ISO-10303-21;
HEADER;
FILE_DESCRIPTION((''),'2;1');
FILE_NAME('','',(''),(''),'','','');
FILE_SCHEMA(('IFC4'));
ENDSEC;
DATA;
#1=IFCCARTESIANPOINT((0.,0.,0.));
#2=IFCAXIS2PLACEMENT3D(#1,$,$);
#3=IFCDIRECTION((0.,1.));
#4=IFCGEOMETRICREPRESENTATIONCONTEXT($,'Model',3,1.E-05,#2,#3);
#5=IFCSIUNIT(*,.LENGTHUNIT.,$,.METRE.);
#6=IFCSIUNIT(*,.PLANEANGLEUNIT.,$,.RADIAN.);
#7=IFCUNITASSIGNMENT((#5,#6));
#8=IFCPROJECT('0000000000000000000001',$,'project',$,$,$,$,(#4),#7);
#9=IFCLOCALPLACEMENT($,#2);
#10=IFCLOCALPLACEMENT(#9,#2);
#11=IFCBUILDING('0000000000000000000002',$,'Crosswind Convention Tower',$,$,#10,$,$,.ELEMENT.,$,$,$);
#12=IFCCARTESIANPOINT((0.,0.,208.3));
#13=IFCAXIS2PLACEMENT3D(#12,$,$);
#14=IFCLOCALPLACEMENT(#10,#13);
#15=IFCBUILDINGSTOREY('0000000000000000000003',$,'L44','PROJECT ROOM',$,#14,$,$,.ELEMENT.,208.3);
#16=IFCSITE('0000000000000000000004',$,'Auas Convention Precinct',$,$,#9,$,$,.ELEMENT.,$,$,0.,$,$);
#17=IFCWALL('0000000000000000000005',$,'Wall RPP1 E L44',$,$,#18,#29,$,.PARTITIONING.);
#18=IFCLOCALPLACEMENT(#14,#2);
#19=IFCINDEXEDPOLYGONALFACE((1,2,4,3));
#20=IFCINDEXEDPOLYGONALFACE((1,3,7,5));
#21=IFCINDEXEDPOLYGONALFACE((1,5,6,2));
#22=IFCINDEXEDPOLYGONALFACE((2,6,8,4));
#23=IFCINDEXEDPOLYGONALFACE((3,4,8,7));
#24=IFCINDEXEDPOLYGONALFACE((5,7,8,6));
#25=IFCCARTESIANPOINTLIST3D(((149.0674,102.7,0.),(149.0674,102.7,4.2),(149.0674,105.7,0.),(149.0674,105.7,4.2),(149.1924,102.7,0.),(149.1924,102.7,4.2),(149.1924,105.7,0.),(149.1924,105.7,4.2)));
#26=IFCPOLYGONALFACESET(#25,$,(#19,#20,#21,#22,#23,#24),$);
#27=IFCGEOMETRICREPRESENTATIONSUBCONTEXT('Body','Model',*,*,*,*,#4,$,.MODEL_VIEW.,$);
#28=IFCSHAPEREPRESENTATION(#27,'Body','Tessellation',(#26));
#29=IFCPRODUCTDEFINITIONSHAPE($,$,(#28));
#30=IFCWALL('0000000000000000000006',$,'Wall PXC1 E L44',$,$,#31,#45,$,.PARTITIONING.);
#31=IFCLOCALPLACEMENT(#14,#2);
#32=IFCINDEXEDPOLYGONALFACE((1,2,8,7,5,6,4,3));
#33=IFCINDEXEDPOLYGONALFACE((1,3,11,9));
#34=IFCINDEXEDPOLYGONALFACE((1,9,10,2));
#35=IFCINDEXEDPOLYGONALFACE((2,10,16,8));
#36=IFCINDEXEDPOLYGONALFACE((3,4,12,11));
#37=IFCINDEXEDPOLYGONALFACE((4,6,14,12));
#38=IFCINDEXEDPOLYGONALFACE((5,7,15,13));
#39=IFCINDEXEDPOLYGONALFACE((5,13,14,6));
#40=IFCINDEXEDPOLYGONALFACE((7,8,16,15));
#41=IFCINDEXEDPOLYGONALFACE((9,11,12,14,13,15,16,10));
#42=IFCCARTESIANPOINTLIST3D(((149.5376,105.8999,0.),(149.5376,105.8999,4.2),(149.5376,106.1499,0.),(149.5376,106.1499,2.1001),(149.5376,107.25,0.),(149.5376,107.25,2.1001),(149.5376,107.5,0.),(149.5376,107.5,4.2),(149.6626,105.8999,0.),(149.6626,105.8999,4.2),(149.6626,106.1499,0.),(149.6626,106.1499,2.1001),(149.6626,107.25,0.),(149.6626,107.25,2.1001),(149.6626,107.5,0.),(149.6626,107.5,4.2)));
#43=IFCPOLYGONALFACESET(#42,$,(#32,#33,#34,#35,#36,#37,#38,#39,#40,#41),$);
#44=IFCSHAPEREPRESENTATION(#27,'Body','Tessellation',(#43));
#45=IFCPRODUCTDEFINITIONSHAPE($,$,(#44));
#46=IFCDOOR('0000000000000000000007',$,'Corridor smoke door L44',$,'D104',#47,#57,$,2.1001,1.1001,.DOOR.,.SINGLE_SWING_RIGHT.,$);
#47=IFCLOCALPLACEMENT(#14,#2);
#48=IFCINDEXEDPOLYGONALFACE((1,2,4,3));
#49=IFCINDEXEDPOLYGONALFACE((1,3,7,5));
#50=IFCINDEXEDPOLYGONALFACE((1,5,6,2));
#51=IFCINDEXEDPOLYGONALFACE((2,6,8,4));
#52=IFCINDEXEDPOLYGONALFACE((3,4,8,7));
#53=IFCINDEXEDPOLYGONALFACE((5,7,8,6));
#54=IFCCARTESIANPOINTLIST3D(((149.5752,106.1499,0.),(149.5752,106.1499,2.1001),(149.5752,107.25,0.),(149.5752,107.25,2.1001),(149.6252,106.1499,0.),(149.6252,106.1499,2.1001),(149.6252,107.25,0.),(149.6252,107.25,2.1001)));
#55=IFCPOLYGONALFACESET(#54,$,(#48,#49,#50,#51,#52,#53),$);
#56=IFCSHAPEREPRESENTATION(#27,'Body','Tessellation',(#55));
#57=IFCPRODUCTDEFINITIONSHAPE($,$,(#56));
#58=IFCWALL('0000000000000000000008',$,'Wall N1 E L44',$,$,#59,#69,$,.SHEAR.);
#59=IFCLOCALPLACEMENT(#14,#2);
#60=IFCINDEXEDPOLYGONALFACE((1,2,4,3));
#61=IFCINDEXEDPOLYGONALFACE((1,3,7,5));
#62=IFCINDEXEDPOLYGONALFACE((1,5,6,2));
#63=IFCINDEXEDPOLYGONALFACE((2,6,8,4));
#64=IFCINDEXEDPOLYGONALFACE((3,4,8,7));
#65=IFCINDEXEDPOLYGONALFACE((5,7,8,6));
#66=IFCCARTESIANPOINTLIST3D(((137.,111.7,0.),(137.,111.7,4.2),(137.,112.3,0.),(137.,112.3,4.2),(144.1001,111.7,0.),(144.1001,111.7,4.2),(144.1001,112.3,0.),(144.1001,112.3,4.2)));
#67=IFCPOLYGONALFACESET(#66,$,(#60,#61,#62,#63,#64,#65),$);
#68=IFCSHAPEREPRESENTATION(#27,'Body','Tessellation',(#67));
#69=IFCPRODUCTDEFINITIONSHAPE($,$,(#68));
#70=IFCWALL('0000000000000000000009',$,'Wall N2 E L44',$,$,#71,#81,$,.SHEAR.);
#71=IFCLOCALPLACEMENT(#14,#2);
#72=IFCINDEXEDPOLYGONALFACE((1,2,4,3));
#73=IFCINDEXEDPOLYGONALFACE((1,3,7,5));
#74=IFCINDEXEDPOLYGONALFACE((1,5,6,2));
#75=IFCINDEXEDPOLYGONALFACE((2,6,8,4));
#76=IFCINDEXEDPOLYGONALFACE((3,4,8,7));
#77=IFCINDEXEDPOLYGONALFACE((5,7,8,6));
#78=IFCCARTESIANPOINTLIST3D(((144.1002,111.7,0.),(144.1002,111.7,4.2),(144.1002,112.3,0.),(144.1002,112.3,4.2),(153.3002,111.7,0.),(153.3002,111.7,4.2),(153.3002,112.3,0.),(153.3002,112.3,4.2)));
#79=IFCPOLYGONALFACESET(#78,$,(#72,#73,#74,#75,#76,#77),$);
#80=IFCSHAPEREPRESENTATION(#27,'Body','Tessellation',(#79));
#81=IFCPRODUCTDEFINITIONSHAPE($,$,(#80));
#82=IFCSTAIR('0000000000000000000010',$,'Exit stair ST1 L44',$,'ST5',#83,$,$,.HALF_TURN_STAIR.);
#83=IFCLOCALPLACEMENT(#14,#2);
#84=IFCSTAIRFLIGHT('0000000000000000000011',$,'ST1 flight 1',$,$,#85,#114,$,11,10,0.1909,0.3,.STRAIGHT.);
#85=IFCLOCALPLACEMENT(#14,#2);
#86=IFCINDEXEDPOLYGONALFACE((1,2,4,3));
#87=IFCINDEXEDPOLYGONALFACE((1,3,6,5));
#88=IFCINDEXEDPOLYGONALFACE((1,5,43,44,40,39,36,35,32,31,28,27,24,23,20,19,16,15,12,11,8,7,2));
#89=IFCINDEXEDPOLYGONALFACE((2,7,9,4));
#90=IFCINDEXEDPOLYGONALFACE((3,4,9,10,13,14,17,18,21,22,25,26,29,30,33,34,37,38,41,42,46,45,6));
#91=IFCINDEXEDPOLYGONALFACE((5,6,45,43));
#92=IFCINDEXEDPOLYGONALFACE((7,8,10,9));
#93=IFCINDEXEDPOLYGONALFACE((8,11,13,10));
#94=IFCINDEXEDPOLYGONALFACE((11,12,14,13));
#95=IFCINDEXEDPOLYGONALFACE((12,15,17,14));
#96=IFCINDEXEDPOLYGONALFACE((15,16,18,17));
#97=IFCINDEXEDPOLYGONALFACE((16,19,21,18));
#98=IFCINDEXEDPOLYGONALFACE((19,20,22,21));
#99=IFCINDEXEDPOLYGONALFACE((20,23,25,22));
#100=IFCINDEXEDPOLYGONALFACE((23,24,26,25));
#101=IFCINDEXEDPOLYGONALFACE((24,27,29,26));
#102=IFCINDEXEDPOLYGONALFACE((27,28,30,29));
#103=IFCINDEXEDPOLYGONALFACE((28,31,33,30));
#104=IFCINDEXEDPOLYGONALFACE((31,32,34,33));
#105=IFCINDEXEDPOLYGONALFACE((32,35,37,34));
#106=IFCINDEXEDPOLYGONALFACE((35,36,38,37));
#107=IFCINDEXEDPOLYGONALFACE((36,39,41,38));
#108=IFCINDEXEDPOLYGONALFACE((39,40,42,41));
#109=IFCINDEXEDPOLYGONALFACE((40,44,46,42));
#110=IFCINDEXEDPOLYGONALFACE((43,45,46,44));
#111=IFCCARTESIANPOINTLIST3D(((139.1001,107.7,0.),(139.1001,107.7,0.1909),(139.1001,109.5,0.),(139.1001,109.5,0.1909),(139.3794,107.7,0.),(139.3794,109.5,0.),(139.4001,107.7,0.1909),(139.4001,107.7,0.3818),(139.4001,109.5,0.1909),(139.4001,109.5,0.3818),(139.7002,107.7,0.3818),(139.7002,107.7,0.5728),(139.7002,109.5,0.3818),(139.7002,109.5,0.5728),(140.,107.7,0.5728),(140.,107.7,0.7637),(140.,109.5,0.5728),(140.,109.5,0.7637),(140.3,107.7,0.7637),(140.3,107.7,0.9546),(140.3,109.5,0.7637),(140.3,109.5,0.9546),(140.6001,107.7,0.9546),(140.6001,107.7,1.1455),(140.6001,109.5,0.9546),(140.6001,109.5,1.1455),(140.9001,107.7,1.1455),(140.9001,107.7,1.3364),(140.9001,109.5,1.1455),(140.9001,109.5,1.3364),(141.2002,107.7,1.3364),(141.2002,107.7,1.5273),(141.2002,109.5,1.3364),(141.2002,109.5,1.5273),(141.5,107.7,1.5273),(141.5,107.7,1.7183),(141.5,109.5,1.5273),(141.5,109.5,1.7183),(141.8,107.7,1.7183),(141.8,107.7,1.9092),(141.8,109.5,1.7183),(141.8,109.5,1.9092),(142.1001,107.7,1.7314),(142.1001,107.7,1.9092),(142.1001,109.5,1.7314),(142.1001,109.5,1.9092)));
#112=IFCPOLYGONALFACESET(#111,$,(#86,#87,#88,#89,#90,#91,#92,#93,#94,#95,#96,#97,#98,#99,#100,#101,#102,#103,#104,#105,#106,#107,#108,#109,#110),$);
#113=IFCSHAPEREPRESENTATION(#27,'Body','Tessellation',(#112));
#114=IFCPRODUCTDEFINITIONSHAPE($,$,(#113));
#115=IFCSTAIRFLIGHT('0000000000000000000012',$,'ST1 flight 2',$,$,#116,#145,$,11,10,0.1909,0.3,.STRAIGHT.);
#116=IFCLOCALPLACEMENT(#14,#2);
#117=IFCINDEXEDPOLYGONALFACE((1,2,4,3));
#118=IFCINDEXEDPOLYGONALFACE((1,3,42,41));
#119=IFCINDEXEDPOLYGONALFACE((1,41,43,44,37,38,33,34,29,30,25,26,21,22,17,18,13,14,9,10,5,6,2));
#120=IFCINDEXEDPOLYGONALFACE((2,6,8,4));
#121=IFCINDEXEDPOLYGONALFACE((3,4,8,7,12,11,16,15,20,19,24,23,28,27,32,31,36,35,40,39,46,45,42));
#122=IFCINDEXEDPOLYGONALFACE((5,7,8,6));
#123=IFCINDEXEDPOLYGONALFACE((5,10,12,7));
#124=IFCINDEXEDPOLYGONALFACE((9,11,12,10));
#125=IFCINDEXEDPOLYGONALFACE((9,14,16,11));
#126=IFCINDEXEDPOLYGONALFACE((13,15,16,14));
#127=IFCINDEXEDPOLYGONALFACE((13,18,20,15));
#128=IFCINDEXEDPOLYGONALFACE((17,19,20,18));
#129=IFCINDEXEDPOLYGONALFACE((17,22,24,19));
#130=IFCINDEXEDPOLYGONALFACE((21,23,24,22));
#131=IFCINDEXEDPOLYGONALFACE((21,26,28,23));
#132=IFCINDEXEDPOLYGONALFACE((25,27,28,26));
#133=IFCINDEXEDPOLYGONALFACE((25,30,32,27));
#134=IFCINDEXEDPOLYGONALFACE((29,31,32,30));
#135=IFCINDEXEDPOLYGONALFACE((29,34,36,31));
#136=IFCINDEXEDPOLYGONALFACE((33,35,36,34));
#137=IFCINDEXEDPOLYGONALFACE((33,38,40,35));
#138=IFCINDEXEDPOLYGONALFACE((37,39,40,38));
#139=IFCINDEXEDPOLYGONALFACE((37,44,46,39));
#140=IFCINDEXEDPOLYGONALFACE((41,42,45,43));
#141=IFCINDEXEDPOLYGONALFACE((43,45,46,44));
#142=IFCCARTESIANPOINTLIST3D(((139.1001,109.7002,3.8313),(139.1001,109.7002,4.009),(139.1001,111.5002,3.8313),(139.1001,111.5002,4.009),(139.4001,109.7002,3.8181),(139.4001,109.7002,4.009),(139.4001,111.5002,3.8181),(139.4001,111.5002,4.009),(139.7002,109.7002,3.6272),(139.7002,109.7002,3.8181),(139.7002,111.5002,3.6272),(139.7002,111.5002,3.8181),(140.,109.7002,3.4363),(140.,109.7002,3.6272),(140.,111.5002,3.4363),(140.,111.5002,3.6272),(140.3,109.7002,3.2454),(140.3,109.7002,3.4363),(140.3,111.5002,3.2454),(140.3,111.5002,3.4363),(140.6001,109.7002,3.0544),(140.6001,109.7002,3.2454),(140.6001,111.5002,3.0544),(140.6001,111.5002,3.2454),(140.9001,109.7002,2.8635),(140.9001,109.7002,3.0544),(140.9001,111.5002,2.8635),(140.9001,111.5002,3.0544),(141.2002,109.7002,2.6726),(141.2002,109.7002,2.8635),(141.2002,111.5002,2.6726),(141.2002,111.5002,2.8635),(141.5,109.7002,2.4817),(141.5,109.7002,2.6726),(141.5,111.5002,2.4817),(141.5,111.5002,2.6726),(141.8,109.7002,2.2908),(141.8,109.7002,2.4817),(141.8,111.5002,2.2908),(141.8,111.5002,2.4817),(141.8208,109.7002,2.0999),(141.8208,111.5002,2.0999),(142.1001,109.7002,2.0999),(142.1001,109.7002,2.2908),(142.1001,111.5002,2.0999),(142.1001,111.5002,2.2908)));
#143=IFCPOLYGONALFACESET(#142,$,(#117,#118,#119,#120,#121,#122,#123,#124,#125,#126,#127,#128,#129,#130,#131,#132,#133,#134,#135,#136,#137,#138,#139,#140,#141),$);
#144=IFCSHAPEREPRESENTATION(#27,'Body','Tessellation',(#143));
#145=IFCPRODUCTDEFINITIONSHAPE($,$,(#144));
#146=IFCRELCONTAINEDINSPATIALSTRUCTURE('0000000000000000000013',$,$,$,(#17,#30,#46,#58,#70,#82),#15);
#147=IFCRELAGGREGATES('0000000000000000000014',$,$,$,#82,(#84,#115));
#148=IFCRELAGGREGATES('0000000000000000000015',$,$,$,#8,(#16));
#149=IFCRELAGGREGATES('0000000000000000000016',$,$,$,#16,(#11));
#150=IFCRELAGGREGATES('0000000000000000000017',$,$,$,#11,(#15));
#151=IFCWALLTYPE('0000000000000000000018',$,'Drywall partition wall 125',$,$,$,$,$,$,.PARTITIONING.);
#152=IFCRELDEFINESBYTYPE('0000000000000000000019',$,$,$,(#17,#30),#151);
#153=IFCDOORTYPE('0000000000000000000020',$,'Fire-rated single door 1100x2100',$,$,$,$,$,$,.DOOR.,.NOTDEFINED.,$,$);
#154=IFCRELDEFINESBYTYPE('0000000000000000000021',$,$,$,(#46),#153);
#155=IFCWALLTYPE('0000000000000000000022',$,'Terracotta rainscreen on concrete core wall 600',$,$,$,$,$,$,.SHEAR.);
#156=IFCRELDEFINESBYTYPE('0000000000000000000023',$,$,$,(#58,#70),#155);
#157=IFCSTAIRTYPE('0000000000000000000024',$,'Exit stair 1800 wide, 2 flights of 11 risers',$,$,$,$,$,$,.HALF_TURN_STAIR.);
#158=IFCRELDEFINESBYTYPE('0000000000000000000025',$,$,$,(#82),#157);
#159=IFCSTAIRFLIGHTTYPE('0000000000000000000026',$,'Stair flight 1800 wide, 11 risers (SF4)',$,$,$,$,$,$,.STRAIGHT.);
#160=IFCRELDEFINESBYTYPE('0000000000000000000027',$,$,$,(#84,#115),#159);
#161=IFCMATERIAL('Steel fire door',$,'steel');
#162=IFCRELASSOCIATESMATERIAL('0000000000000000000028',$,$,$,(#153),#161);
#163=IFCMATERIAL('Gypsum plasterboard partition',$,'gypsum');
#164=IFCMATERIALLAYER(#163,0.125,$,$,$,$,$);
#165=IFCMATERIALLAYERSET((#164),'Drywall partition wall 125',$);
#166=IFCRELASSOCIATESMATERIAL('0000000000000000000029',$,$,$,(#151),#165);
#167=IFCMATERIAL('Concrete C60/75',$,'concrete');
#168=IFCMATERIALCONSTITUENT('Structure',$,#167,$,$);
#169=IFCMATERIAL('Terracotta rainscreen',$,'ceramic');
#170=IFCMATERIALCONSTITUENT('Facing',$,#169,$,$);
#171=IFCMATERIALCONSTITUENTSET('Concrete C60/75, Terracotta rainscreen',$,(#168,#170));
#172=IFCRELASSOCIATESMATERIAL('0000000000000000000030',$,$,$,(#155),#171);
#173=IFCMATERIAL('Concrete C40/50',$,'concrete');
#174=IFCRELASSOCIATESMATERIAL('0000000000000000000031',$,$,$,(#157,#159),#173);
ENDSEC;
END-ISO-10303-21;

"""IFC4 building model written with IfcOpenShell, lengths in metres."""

from ifc_helpers import new_model, si_unit, direction, frame, frame_2d, origin, place, context, subcontext, project, spatial, polyline, rectangle, outline, extrude, material, layer, layer_set, constituent, constituent_set, type_object, element, fill, aggregate, save


model = new_model("IFC4")

# Units and contexts
model_context = context("Model", 3, precision=1e-05, world=origin(), true_north=direction((0.0, 1.0)))
body_context = subcontext(model_context, "Body", "Model", "MODEL_VIEW")
ifc_project = project(units=[si_unit("LENGTHUNIT", "METRE"), si_unit("PLANEANGLEUNIT", "RADIAN")], contexts=[model_context])

# Site, building, storey
site_placement = place(None, origin())
site = spatial("IfcSite", under=ifc_project, at=site_placement, Name="Auas Convention Precinct", CompositionType="ELEMENT", RefElevation=0.0)
building_placement = place(site_placement, origin())
building = spatial("IfcBuilding", under=site, at=building_placement, Name="Crosswind Convention Tower", CompositionType="ELEMENT")
storey_placement = place(building_placement, frame((0.0, 0.0, 208.3)))
storey = spatial("IfcBuildingStorey", under=building, at=storey_placement, Name="L44", Description="PROJECT ROOM", CompositionType="ELEMENT", Elevation=208.3)

# Shared definitions
ifc_material_1 = material(Name="Steel fire door", Category="steel")
door_type_1 = type_object("IfcDoorType", Name="Fire-rated single door 1100x2100", OperationType="NOTDEFINED", PredefinedType="DOOR", material=ifc_material_1)

# Wall
ifc_material_2 = material(Name="Gypsum plasterboard partition", Category="gypsum")
ifc_layer_1 = layer(ifc_material_2, 0.125)
ifc_layer_set_1 = layer_set([ifc_layer_1], Name="Drywall partition wall 125")
wall_type_1 = type_object("IfcWallType", Name="Drywall partition wall 125", PredefinedType="PARTITIONING", material=ifc_layer_set_1)
wall_1_placement = place(storey_placement, frame((149.1299, 102.7, 0.0), z_axis=(0.0, 0.0, 1.0), x_axis=(0.0, 1.0, 0.0)))
element("IfcWall", 1, at=wall_1_placement, inside=storey, type_object=wall_type_1, Name="Wall RPP1 E L44", PredefinedType="PARTITIONING", context=body_context, shape_type="SweptSolid", body=[
    extrude(rectangle(XDim=3.0, YDim=0.125, at=frame_2d((1.5, 0.0))), origin(), (0.0, 0.0, 1.0), 4.2),
])

# Wall, opening, door
wall_2_placement = place(storey_placement, frame((149.6001, 105.8999, 0.0), z_axis=(0.0, 0.0, 1.0), x_axis=(0.0, 1.0, 0.0)))
wall_2 = element("IfcWall", 2, at=wall_2_placement, inside=storey, type_object=wall_type_1, Name="Wall PXC1 E L44", PredefinedType="PARTITIONING", context=body_context, shape_type="SweptSolid", body=[
    extrude(rectangle(XDim=1.6001, YDim=0.125, at=frame_2d((0.8, 0.0))), origin(), (0.0, 0.0, 1.0), 4.2),
])
opening_1_placement = place(wall_2_placement, frame((0.25, 0.0, 0.0)))
opening_1 = element("IfcOpeningElement", 3, at=opening_1_placement, cuts=wall_2, PredefinedType="OPENING", context=body_context, shape_type="SweptSolid", body=[
    extrude(rectangle(XDim=1.1001, YDim=2.1001, at=frame_2d((0.55, 1.05))), frame((0.0, 0.0725, 0.0), z_axis=(0.0, -1.0, 0.0), x_axis=(1.0, 0.0, 0.0)), (0.0, 0.0, 1.0), 0.145),
])
door_1_placement = place(opening_1_placement, origin())
door_1 = element("IfcDoor", 4, at=door_1_placement, inside=storey, type_object=door_type_1, Name="Corridor smoke door L44", ObjectType="D104", OperationType="SINGLE_SWING_RIGHT", OverallHeight=2.1001, OverallWidth=1.1001, PredefinedType="DOOR", context=body_context, shape_type="SweptSolid", body=[
    extrude(rectangle(XDim=1.1001, YDim=2.1001, at=frame_2d((0.55, 1.05))), frame((0.0, 0.0249, 0.0), z_axis=(0.0, -1.0, 0.0), x_axis=(1.0, 0.0, 0.0)), (0.0, 0.0, 1.0), 0.05),
])
fill(opening_1, door_1)

# Walls
ifc_material_3 = material(Name="Concrete C60/75", Category="concrete")
ifc_constituent_1 = constituent(ifc_material_3, Name="Structure")
ifc_material_4 = material(Name="Terracotta rainscreen", Category="ceramic")
ifc_constituent_2 = constituent(ifc_material_4, Name="Facing")
ifc_constituent_set = constituent_set(constituents=[ifc_constituent_1, ifc_constituent_2], Name="Concrete C60/75, Terracotta rainscreen")
wall_type_2 = type_object("IfcWallType", Name="Terracotta rainscreen on concrete core wall 600", PredefinedType="SHEAR", material=ifc_constituent_set)
wall_3_placement = place(storey_placement, frame((137.0, 112.0, 0.0), z_axis=(0.0, 0.0, 1.0), x_axis=(1.0, 0.0, 0.0)))
element("IfcWall", 5, at=wall_3_placement, inside=storey, type_object=wall_type_2, Name="Wall N1 E L44", PredefinedType="SHEAR", context=body_context, shape_type="SweptSolid", body=[
    extrude(rectangle(XDim=7.1001, YDim=0.6001, at=frame_2d((3.55, 0.0))), origin(), (0.0, 0.0, 1.0), 4.2),
])
wall_4_placement = place(storey_placement, frame((144.1001, 112.0, 0.0), z_axis=(0.0, 0.0, 1.0), x_axis=(1.0, 0.0, 0.0)))
element("IfcWall", 6, at=wall_4_placement, inside=storey, type_object=wall_type_2, Name="Wall N2 E L44", PredefinedType="SHEAR", context=body_context, shape_type="SweptSolid", body=[
    extrude(rectangle(XDim=9.2, YDim=0.6001, at=frame_2d((4.6001, 0.0))), origin(), (0.0, 0.0, 1.0), 4.2),
])

# Stair, stair flights
ifc_material_5 = material(Name="Concrete C40/50", Category="concrete")
stair_type = type_object("IfcStairType", Name="Exit stair 1800 wide, 2 flights of 11 risers", PredefinedType="HALF_TURN_STAIR", material=ifc_material_5)
stair_placement = place(storey_placement, origin())
stair = element("IfcStair", 7, at=stair_placement, inside=storey, type_object=stair_type, Name="Exit stair ST1 L44", ObjectType="ST5", PredefinedType="HALF_TURN_STAIR")
stair_flight_type = type_object("IfcStairFlightType", Name="Stair flight 1800 wide, 11 risers (SF4)", PredefinedType="STRAIGHT", material=ifc_material_5)
stair_flight_1_placement = place(storey_placement, frame((139.1001, 108.6001, 0.0), z_axis=(0.0, 0.0, 1.0), x_axis=(1.0, 0.0, 0.0)))
stair_flight_1 = element("IfcStairFlight", 8, at=stair_flight_1_placement, type_object=stair_flight_type, Name="ST1 flight 1", NumberOfRisers=11, NumberOfTreads=10, PredefinedType="STRAIGHT", RiserHeight=0.1909, TreadLength=0.3, context=body_context, shape_type="SweptSolid", body=[
    extrude(outline(polyline([(0.0, 0.0), (0.0, 0.1909), (0.3, 0.1909), (0.3, 0.3818), (0.6001, 0.3818), (0.6001, 0.5728), (0.8999, 0.5728), (0.8999, 0.7637), (1.2, 0.7637), (1.2, 0.9546), (1.5, 0.9546), (1.5, 1.1455), (1.8, 1.1455), (1.8, 1.3364), (2.1001, 1.3364), (2.1001, 1.5273), (2.3999, 1.5273), (2.3999, 1.7183), (2.7, 1.7183), (2.7, 1.9092), (3.0, 1.9092), (3.0, 2.1001), (3.0, 1.7314), (0.2793, 0.0), (0.0, 0.0)])), frame((0.0, 0.8999, 0.0), z_axis=(0.0, -1.0, 0.0), x_axis=(1.0, 0.0, 0.0)), (0.0, 0.0, 1.0), 1.8),
])
stair_flight_2_placement = place(storey_placement, frame((142.1001, 110.6001, 2.0999), z_axis=(0.0, 0.0, 1.0), x_axis=(-1.0, 0.0, 0.0)))
stair_flight_2 = element("IfcStairFlight", 9, at=stair_flight_2_placement, type_object=stair_flight_type, Name="ST1 flight 2", NumberOfRisers=11, NumberOfTreads=10, PredefinedType="STRAIGHT", RiserHeight=0.1909, TreadLength=0.3, context=body_context, shape_type="SweptSolid", body=[
    extrude(outline(polyline([(0.0, 0.0), (0.0, 0.1909), (0.3, 0.1909), (0.3, 0.3818), (0.6001, 0.3818), (0.6001, 0.5728), (0.8999, 0.5728), (0.8999, 0.7637), (1.2, 0.7637), (1.2, 0.9546), (1.5, 0.9546), (1.5, 1.1455), (1.8, 1.1455), (1.8, 1.3364), (2.1001, 1.3364), (2.1001, 1.5273), (2.3999, 1.5273), (2.3999, 1.7183), (2.7, 1.7183), (2.7, 1.9092), (3.0, 1.9092), (3.0, 2.1001), (3.0, 1.7314), (0.2793, 0.0), (0.0, 0.0)])), frame((0.0, 0.8999, 0.0), z_axis=(0.0, -1.0, 0.0), x_axis=(1.0, 0.0, 0.0)), (0.0, 0.0, 1.0), 1.8),
])
aggregate(stair, [stair_flight_1, stair_flight_2])

save(model, "model.ifc")
